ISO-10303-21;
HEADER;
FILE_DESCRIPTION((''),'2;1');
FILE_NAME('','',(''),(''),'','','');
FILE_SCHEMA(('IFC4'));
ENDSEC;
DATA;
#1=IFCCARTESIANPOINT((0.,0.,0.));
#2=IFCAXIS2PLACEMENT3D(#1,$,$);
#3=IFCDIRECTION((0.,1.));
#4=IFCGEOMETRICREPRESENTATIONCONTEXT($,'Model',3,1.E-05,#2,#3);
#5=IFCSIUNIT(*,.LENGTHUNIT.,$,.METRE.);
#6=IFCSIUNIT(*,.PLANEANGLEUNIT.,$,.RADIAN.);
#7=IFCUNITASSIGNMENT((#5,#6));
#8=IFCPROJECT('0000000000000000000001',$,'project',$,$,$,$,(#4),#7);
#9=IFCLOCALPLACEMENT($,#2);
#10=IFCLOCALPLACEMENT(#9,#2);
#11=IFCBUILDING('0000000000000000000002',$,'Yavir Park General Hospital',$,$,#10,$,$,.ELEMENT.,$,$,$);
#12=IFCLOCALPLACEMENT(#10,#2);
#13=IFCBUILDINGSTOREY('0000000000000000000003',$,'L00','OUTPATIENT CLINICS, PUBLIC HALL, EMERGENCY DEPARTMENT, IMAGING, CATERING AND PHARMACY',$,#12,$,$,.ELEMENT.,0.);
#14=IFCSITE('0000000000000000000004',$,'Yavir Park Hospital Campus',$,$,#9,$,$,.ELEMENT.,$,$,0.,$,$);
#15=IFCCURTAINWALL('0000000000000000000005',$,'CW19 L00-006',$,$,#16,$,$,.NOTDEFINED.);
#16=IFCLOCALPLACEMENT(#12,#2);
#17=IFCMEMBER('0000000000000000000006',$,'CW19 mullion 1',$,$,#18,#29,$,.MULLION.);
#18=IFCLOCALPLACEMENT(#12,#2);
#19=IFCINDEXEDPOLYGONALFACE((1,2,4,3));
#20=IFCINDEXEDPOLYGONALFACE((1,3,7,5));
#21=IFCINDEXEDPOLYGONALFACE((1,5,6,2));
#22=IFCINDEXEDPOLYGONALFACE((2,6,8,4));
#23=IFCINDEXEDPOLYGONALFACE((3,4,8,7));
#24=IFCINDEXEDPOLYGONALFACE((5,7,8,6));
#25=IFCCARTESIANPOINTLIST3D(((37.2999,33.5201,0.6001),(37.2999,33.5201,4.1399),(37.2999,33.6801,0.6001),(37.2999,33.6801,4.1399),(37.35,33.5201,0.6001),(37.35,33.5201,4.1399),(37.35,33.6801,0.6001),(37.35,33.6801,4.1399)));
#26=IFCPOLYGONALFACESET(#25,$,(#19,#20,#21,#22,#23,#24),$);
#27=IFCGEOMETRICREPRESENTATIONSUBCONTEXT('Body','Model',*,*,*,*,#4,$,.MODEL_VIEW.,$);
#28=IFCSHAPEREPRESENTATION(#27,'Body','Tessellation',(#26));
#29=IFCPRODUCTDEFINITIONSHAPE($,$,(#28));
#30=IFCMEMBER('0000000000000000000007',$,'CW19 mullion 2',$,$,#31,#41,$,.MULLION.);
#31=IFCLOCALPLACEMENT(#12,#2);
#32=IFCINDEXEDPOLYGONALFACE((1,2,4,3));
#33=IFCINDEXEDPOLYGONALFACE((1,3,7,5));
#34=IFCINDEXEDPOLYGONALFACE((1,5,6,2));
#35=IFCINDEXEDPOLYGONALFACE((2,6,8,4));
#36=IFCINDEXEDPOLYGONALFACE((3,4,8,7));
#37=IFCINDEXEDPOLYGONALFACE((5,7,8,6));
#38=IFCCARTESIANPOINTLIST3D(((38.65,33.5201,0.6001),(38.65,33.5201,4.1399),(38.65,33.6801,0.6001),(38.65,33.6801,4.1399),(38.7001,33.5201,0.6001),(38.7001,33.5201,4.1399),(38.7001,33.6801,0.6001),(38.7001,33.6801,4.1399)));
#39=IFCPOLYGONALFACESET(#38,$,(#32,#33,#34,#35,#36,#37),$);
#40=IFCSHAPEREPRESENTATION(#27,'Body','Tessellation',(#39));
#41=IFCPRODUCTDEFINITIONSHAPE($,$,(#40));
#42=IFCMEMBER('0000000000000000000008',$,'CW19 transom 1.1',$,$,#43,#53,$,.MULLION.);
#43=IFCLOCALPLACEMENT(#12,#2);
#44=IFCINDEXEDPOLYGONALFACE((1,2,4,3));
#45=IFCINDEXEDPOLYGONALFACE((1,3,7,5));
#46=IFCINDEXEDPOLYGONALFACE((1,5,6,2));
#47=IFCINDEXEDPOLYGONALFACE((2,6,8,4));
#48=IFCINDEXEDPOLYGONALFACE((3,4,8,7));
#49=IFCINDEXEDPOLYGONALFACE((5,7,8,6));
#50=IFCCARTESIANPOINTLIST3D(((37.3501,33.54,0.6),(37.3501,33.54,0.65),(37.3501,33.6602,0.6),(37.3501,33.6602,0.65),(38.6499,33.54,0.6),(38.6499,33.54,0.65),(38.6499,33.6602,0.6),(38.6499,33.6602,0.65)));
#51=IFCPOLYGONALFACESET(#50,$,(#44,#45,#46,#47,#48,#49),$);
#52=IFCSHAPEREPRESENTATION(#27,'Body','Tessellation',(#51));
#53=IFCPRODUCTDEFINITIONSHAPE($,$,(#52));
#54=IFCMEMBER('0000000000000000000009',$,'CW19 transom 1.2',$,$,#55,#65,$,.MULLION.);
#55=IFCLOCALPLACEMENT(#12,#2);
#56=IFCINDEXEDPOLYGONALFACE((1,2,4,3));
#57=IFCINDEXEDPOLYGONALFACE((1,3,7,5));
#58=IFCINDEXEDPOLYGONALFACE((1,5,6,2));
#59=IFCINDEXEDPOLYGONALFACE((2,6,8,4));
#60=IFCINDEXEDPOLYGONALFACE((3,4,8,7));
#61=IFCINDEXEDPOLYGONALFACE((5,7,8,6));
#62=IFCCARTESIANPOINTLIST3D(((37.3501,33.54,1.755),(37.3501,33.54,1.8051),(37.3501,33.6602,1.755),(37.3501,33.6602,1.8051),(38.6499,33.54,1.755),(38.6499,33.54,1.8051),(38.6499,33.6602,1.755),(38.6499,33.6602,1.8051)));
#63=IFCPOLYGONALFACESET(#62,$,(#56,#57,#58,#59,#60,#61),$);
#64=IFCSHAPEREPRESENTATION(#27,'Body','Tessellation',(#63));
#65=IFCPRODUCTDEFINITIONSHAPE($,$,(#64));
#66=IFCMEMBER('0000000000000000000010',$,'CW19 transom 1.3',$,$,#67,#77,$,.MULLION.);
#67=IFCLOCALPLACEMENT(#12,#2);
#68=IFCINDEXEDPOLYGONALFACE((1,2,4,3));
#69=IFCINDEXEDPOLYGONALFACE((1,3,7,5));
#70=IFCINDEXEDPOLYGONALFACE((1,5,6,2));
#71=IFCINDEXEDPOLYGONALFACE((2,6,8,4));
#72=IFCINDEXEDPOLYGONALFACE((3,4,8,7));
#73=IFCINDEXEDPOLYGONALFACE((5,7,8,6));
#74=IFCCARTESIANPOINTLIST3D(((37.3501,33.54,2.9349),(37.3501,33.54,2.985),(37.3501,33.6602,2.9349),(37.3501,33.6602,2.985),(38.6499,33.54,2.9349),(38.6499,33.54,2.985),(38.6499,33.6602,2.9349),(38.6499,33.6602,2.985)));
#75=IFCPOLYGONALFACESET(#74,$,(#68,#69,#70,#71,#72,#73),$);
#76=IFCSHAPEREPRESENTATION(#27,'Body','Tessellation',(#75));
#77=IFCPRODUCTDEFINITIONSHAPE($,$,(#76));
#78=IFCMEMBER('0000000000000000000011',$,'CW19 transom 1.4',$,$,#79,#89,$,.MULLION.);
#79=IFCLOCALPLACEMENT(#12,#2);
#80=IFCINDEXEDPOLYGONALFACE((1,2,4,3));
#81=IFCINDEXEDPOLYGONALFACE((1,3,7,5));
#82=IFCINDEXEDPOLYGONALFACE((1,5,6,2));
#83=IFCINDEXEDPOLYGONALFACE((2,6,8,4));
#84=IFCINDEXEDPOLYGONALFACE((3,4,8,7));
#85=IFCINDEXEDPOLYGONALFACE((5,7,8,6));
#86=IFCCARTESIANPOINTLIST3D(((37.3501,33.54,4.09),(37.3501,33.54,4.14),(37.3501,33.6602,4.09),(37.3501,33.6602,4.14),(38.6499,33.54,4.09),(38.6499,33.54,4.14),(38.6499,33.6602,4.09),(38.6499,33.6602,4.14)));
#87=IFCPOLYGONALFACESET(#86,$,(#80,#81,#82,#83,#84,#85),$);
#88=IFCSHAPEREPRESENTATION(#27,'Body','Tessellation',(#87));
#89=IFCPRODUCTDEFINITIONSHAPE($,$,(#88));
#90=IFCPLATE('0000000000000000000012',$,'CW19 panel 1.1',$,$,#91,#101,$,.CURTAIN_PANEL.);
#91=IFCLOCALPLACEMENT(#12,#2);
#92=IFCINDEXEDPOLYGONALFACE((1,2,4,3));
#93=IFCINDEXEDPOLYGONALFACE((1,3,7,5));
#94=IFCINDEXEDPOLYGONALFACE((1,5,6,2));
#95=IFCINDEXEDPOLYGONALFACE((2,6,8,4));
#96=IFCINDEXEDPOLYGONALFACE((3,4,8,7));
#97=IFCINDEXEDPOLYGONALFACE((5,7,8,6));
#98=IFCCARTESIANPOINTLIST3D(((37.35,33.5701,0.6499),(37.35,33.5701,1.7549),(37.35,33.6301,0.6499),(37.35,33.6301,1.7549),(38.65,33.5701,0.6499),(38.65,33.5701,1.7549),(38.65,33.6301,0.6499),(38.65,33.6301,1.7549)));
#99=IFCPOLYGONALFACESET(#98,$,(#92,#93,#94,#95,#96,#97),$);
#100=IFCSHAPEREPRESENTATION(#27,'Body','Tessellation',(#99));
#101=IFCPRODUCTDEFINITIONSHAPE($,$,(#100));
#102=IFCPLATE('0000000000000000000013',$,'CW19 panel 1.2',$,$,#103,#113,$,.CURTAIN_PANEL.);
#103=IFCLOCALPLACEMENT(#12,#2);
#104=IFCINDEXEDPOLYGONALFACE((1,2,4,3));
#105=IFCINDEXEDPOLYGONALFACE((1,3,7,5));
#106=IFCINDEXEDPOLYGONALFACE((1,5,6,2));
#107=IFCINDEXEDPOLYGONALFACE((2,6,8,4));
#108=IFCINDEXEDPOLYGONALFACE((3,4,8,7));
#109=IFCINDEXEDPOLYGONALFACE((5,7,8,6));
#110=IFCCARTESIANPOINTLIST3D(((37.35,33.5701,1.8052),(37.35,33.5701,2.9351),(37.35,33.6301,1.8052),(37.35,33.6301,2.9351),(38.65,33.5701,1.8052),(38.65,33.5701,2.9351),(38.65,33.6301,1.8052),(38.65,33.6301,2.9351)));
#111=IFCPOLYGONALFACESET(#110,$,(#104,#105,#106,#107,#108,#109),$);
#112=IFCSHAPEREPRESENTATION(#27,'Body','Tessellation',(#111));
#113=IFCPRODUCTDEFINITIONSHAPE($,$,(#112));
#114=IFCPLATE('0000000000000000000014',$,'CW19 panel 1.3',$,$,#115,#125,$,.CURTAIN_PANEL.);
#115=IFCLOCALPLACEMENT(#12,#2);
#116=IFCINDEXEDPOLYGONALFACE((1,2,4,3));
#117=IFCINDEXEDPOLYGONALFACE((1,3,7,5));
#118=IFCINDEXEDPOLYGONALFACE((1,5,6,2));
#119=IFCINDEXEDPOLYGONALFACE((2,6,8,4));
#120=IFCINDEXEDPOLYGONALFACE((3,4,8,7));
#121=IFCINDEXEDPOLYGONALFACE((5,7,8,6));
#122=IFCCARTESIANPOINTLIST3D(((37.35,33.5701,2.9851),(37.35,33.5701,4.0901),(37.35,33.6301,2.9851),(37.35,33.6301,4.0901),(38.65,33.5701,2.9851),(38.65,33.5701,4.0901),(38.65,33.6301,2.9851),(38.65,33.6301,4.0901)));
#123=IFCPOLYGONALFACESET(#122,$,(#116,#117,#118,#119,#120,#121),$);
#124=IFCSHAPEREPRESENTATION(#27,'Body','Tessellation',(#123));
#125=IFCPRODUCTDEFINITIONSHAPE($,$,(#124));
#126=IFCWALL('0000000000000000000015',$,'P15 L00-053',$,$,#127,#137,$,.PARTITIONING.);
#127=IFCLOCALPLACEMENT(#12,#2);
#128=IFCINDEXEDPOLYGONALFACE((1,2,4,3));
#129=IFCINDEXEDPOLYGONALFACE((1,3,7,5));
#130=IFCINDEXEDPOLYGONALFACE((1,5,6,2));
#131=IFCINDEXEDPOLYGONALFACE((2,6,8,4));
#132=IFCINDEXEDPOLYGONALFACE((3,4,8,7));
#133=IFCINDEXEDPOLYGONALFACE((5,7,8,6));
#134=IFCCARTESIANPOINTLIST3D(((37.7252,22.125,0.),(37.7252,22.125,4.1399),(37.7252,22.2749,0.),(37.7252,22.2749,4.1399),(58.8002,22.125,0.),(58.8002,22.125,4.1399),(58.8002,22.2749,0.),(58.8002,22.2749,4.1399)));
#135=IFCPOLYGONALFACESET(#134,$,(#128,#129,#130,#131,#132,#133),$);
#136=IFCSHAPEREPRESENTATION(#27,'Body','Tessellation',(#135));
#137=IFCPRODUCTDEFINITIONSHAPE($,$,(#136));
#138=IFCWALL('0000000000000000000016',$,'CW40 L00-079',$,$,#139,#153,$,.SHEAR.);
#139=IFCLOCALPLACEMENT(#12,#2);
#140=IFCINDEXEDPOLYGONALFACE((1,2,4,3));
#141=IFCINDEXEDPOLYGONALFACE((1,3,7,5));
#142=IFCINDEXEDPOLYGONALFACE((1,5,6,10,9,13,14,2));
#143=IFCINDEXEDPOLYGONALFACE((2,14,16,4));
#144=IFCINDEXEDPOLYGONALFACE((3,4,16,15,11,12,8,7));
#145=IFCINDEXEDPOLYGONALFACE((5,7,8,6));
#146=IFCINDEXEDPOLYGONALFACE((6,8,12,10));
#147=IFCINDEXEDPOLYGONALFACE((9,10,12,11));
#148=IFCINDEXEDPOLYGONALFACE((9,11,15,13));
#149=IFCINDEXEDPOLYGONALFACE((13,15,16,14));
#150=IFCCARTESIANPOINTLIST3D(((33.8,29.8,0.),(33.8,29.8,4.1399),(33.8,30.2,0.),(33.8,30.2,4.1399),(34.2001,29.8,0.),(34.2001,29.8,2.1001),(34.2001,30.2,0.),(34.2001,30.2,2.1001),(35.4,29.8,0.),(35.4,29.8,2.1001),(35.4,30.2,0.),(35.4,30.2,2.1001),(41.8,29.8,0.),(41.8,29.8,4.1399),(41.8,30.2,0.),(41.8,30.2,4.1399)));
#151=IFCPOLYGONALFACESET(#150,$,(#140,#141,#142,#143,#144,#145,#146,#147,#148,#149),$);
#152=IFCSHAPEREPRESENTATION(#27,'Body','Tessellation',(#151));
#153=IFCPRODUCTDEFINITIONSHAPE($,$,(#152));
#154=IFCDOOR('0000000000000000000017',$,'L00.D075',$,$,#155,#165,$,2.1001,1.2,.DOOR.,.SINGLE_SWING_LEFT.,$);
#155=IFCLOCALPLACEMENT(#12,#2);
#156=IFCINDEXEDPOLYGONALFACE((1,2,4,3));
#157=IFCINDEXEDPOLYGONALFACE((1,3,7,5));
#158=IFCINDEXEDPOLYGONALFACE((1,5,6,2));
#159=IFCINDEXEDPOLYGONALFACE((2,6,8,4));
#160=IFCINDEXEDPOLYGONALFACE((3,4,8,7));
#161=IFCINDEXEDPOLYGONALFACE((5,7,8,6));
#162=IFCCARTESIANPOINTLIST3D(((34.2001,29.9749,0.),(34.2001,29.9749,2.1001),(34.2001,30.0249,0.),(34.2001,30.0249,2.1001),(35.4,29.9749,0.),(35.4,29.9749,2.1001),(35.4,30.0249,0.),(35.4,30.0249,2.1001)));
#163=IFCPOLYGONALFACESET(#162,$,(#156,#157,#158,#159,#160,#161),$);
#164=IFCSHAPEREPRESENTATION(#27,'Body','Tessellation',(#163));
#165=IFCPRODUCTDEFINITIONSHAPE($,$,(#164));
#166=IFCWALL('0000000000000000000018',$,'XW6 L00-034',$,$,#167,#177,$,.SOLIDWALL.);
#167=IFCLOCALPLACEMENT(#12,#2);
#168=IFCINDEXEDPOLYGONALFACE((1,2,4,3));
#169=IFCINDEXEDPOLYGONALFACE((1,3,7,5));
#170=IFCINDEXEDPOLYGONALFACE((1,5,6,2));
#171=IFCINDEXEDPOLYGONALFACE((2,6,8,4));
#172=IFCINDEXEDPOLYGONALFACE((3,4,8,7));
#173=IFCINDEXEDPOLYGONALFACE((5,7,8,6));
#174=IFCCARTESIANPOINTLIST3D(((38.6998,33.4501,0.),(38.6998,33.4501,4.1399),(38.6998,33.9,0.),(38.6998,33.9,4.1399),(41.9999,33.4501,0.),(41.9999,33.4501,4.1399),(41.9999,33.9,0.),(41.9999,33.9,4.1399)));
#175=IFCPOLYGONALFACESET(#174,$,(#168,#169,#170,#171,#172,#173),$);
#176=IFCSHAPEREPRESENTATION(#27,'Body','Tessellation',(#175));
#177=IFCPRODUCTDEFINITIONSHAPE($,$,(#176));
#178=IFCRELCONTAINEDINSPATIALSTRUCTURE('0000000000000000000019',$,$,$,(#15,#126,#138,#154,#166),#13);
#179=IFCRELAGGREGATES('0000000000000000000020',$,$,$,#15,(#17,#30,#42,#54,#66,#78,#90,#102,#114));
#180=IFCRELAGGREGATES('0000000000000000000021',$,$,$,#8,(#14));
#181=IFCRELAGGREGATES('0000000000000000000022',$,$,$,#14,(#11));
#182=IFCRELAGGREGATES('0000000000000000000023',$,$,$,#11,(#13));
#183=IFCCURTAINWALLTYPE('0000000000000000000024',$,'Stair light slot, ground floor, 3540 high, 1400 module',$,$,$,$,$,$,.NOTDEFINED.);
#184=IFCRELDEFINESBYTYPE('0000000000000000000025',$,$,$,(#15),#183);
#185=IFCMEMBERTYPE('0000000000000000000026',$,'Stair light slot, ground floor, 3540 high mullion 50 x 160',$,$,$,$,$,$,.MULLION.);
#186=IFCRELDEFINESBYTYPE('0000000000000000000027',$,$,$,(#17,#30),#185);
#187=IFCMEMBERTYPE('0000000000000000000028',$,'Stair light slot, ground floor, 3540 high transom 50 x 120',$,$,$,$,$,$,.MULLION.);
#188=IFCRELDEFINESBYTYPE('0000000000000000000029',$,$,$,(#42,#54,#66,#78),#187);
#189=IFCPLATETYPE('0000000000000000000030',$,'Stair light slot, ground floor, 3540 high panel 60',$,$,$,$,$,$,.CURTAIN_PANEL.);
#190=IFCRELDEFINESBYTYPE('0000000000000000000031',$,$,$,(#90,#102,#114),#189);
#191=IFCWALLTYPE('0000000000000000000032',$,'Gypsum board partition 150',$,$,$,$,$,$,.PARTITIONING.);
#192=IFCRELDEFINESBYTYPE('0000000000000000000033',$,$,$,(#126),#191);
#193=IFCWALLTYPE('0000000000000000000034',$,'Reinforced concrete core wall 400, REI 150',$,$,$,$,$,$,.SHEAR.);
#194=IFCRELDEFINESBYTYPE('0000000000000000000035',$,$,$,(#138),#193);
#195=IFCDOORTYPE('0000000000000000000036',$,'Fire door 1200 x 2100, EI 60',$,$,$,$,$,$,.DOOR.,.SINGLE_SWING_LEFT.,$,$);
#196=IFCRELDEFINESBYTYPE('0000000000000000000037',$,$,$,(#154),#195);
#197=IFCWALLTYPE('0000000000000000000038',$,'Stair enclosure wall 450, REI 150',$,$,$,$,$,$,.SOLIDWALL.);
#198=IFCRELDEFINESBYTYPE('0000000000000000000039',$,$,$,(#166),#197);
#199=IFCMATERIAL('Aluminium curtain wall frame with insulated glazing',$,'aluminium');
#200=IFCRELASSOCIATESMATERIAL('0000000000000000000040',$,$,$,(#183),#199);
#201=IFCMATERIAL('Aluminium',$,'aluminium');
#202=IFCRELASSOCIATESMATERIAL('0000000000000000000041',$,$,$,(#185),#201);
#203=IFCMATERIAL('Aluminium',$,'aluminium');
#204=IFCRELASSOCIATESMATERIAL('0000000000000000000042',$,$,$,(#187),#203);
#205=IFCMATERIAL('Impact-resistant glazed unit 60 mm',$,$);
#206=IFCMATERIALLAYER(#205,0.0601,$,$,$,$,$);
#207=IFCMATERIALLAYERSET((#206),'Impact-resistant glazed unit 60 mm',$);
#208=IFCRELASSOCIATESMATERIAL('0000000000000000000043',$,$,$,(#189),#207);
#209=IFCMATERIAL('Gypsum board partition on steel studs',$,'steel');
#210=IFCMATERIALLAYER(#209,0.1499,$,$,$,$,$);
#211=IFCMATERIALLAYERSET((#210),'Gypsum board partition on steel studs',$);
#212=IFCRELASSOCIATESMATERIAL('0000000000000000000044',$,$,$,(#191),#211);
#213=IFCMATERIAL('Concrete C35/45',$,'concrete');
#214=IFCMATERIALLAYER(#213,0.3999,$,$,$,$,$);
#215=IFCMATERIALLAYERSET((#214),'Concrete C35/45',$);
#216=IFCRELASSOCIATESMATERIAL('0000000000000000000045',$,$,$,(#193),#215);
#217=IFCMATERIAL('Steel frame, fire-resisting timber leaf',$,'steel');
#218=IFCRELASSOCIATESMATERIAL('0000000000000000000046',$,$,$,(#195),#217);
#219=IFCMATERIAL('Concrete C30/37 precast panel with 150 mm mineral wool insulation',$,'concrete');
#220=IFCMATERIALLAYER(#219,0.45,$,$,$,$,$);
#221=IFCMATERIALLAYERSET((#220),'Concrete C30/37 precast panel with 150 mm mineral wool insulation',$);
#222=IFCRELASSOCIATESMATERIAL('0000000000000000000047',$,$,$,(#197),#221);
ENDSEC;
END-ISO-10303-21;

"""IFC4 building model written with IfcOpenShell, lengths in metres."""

from ifc_helpers import new_model, si_unit, direction, frame, frame_2d, origin, origin_2d, place, context, subcontext, project, spatial, rectangle, extrude, material, layer, layer_set, material_profile, profile_set, type_object, element, fill, aggregate, save


model = new_model("IFC4")

# Units and contexts
model_context = context("Model", 3, precision=1e-05, world=origin(), true_north=direction((0.0, 1.0)))
body_context = subcontext(model_context, "Body", "Model", "MODEL_VIEW")
ifc_project = project(units=[si_unit("LENGTHUNIT", "METRE"), si_unit("PLANEANGLEUNIT", "RADIAN")], contexts=[model_context])

# Site, building, storey
site_placement = place(None, origin())
site = spatial("IfcSite", under=ifc_project, at=site_placement, Name="Yavir Park Hospital Campus", CompositionType="ELEMENT", RefElevation=0.0)
building_placement = place(site_placement, origin())
building = spatial("IfcBuilding", under=site, at=building_placement, Name="Yavir Park General Hospital", CompositionType="ELEMENT")
storey_placement = place(building_placement, origin())
storey = spatial("IfcBuildingStorey", under=building, at=storey_placement, Name="L00", Description="OUTPATIENT CLINICS, PUBLIC HALL, EMERGENCY DEPARTMENT, IMAGING, CATERING AND PHARMACY", CompositionType="ELEMENT", Elevation=0.0)

# Curtain wall, members, plates
ifc_material_1 = material(Name="Aluminium curtain wall frame with insulated glazing", Category="aluminium")
curtain_wall_type = type_object("IfcCurtainWallType", Name="Stair light slot, ground floor, 3540 high, 1400 module", PredefinedType="NOTDEFINED", material=ifc_material_1)
curtain_wall_placement = place(storey_placement, origin())
curtain_wall = element("IfcCurtainWall", 1, at=curtain_wall_placement, inside=storey, type_object=curtain_wall_type, Name="CW19 L00-006", PredefinedType="NOTDEFINED")
ifc_material_2 = material(Name="Aluminium", Category="aluminium")
ifc_material_profile_1 = material_profile(ifc_material_2, rectangle(XDim=0.1599, YDim=0.05, at=origin_2d()), Name="AL 50x160")
ifc_profile_set_1 = profile_set([ifc_material_profile_1], Name="Aluminium")
member_type_1 = type_object("IfcMemberType", Name="Stair light slot, ground floor, 3540 high mullion 50 x 160", PredefinedType="MULLION", material=ifc_profile_set_1)
member_1_placement = place(storey_placement, frame((37.325, 33.6001, 0.6001), z_axis=(0.0, 0.0, 1.0), x_axis=(0.0, 1.0, 0.0)))
member_1 = element("IfcMember", 2, at=member_1_placement, type_object=member_type_1, Name="CW19 mullion 1", PredefinedType="MULLION", context=body_context, shape_type="SweptSolid", body=[
    extrude(rectangle(XDim=0.1599, YDim=0.05, at=origin_2d()), origin(), (0.0, 0.0, 1.0), 3.5398),
])
member_2_placement = place(storey_placement, frame((38.675, 33.6001, 0.6001), z_axis=(0.0, 0.0, 1.0), x_axis=(0.0, 1.0, 0.0)))
member_2 = element("IfcMember", 3, at=member_2_placement, type_object=member_type_1, Name="CW19 mullion 2", PredefinedType="MULLION", context=body_context, shape_type="SweptSolid", body=[
    extrude(rectangle(XDim=0.1599, YDim=0.05, at=origin_2d()), origin(), (0.0, 0.0, 1.0), 3.5398),
])
ifc_material_3 = material(Name="Aluminium", Category="aluminium")
ifc_material_profile_2 = material_profile(ifc_material_3, rectangle(XDim=0.1201, YDim=0.05, at=origin_2d()), Name="AL 120x50")
ifc_profile_set_2 = profile_set([ifc_material_profile_2], Name="Aluminium")
member_type_2 = type_object("IfcMemberType", Name="Stair light slot, ground floor, 3540 high transom 50 x 120", PredefinedType="MULLION", material=ifc_profile_set_2)
member_3_placement = place(storey_placement, frame((37.3501, 33.6001, 0.625), z_axis=(1.0, 0.0, 0.0), x_axis=(0.0, 1.0, 0.0)))
member_3 = element("IfcMember", 4, at=member_3_placement, type_object=member_type_2, Name="CW19 transom 1.1", PredefinedType="MULLION", context=body_context, shape_type="SweptSolid", body=[
    extrude(rectangle(XDim=0.1201, YDim=0.05, at=origin_2d()), origin(), (0.0, 0.0, 1.0), 1.2998),
])
member_4_placement = place(storey_placement, frame((37.3501, 33.6001, 1.78), z_axis=(1.0, 0.0, 0.0), x_axis=(0.0, 1.0, 0.0)))
member_4 = element("IfcMember", 5, at=member_4_placement, type_object=member_type_2, Name="CW19 transom 1.2", PredefinedType="MULLION", context=body_context, shape_type="SweptSolid", body=[
    extrude(rectangle(XDim=0.1201, YDim=0.05, at=origin_2d()), origin(), (0.0, 0.0, 1.0), 1.2998),
])
member_5_placement = place(storey_placement, frame((37.3501, 33.6001, 2.96), z_axis=(1.0, 0.0, 0.0), x_axis=(0.0, 1.0, 0.0)))
member_5 = element("IfcMember", 6, at=member_5_placement, type_object=member_type_2, Name="CW19 transom 1.3", PredefinedType="MULLION", context=body_context, shape_type="SweptSolid", body=[
    extrude(rectangle(XDim=0.1201, YDim=0.05, at=origin_2d()), origin(), (0.0, 0.0, 1.0), 1.2998),
])
member_6_placement = place(storey_placement, frame((37.3501, 33.6001, 4.115), z_axis=(1.0, 0.0, 0.0), x_axis=(0.0, 1.0, 0.0)))
member_6 = element("IfcMember", 7, at=member_6_placement, type_object=member_type_2, Name="CW19 transom 1.4", PredefinedType="MULLION", context=body_context, shape_type="SweptSolid", body=[
    extrude(rectangle(XDim=0.1201, YDim=0.05, at=origin_2d()), origin(), (0.0, 0.0, 1.0), 1.2998),
])
ifc_material_4 = material(Name="Impact-resistant glazed unit 60 mm")
ifc_layer_1 = layer(ifc_material_4, 0.0601)
ifc_layer_set_1 = layer_set([ifc_layer_1], Name="Impact-resistant glazed unit 60 mm")
plate_type = type_object("IfcPlateType", Name="Stair light slot, ground floor, 3540 high panel 60", PredefinedType="CURTAIN_PANEL", material=ifc_layer_set_1)
plate_1_placement = place(storey_placement, frame((38.0, 33.6001, 0.6499), z_axis=(0.0, 0.0, 1.0), x_axis=(1.0, 0.0, 0.0)))
plate_1 = element("IfcPlate", 8, at=plate_1_placement, type_object=plate_type, Name="CW19 panel 1.1", PredefinedType="CURTAIN_PANEL", context=body_context, shape_type="SweptSolid", body=[
    extrude(rectangle(XDim=1.3, YDim=0.0601, at=origin_2d()), origin(), (0.0, 0.0, 1.0), 1.105),
])
plate_2_placement = place(storey_placement, frame((38.0, 33.6001, 1.8052), z_axis=(0.0, 0.0, 1.0), x_axis=(1.0, 0.0, 0.0)))
plate_2 = element("IfcPlate", 9, at=plate_2_placement, type_object=plate_type, Name="CW19 panel 1.2", PredefinedType="CURTAIN_PANEL", context=body_context, shape_type="SweptSolid", body=[
    extrude(rectangle(XDim=1.3, YDim=0.0601, at=origin_2d()), origin(), (0.0, 0.0, 1.0), 1.1299),
])
plate_3_placement = place(storey_placement, frame((38.0, 33.6001, 2.9851), z_axis=(0.0, 0.0, 1.0), x_axis=(1.0, 0.0, 0.0)))
plate_3 = element("IfcPlate", 10, at=plate_3_placement, type_object=plate_type, Name="CW19 panel 1.3", PredefinedType="CURTAIN_PANEL", context=body_context, shape_type="SweptSolid", body=[
    extrude(rectangle(XDim=1.3, YDim=0.0601, at=origin_2d()), origin(), (0.0, 0.0, 1.0), 1.105),
])
aggregate(curtain_wall, [member_1, member_2, member_3, member_4, member_5, member_6, plate_1, plate_2, plate_3])

# Wall
ifc_material_5 = material(Name="Gypsum board partition on steel studs", Category="steel")
ifc_layer_2 = layer(ifc_material_5, 0.1499)
ifc_layer_set_2 = layer_set([ifc_layer_2], Name="Gypsum board partition on steel studs")
wall_type_1 = type_object("IfcWallType", Name="Gypsum board partition 150", PredefinedType="PARTITIONING", material=ifc_layer_set_2)
wall_1_placement = place(storey_placement, frame((37.7251, 22.2, 0.0), z_axis=(0.0, 0.0, 1.0), x_axis=(1.0, 0.0, 0.0)))
element("IfcWall", 11, at=wall_1_placement, inside=storey, type_object=wall_type_1, Name="P15 L00-053", PredefinedType="PARTITIONING", context=body_context, shape_type="SweptSolid", body=[
    extrude(rectangle(XDim=21.075, YDim=0.1499, at=frame_2d((10.5376, 0.0))), origin(), (0.0, 0.0, 1.0), 4.1399),
])

# Wall, opening, door
ifc_material_6 = material(Name="Concrete C35/45", Category="concrete")
ifc_layer_3 = layer(ifc_material_6, 0.3999)
ifc_layer_set_3 = layer_set([ifc_layer_3], Name="Concrete C35/45")
wall_type_2 = type_object("IfcWallType", Name="Reinforced concrete core wall 400, REI 150", PredefinedType="SHEAR", material=ifc_layer_set_3)
wall_2_placement = place(storey_placement, frame((33.8, 30.0, 0.0), z_axis=(0.0, 0.0, 1.0), x_axis=(1.0, 0.0, 0.0)))
wall_2 = element("IfcWall", 12, at=wall_2_placement, inside=storey, type_object=wall_type_2, Name="CW40 L00-079", PredefinedType="SHEAR", context=body_context, shape_type="SweptSolid", body=[
    extrude(rectangle(XDim=8.0, YDim=0.3999, at=frame_2d((4.0, 0.0))), origin(), (0.0, 0.0, 1.0), 4.1399),
])
opening_placement = place(wall_2_placement, frame((0.3999, 0.0, 0.0)))
opening = element("IfcOpeningElement", 13, at=opening_placement, cuts=wall_2, PredefinedType="OPENING", context=body_context, shape_type="SweptSolid", body=[
    extrude(rectangle(XDim=1.2, YDim=2.1001, at=frame_2d((0.6001, 1.05))), frame((0.0, 0.21, 0.0), z_axis=(0.0, -1.0, 0.0), x_axis=(1.0, 0.0, 0.0)), (0.0, 0.0, 1.0), 0.4199),
])
ifc_material_7 = material(Name="Steel frame, fire-resisting timber leaf", Category="steel")
door_type = type_object("IfcDoorType", Name="Fire door 1200 x 2100, EI 60", OperationType="SINGLE_SWING_LEFT", PredefinedType="DOOR", material=ifc_material_7)
door_placement = place(opening_placement, origin())
door = element("IfcDoor", 14, at=door_placement, inside=storey, type_object=door_type, Name="L00.D075", OperationType="SINGLE_SWING_LEFT", OverallHeight=2.1001, OverallWidth=1.2, PredefinedType="DOOR", context=body_context, shape_type="SweptSolid", body=[
    extrude(rectangle(XDim=1.2, YDim=2.1001, at=frame_2d((0.6001, 1.05))), frame((0.0, 0.0249, 0.0), z_axis=(0.0, -1.0, 0.0), x_axis=(1.0, 0.0, 0.0)), (0.0, 0.0, 1.0), 0.05),
])
fill(opening, door)

# Wall
ifc_material_8 = material(Name="Concrete C30/37 precast panel with 150 mm mineral wool insulation", Category="concrete")
ifc_layer_4 = layer(ifc_material_8, 0.45)
ifc_layer_set_4 = layer_set([ifc_layer_4], Name="Concrete C30/37 precast panel with 150 mm mineral wool insulation")
wall_type_3 = type_object("IfcWallType", Name="Stair enclosure wall 450, REI 150", PredefinedType="SOLIDWALL", material=ifc_layer_set_4)
wall_3_placement = place(storey_placement, frame((38.7, 33.675, 0.0), z_axis=(0.0, 0.0, 1.0), x_axis=(1.0, 0.0, 0.0)))
element("IfcWall", 15, at=wall_3_placement, inside=storey, type_object=wall_type_3, Name="XW6 L00-034", PredefinedType="SOLIDWALL", context=body_context, shape_type="SweptSolid", body=[
    extrude(rectangle(XDim=3.3, YDim=0.45, at=frame_2d((1.6499, 0.0))), origin(), (0.0, 0.0, 1.0), 4.1399),
])

save(model, "model.ifc")
